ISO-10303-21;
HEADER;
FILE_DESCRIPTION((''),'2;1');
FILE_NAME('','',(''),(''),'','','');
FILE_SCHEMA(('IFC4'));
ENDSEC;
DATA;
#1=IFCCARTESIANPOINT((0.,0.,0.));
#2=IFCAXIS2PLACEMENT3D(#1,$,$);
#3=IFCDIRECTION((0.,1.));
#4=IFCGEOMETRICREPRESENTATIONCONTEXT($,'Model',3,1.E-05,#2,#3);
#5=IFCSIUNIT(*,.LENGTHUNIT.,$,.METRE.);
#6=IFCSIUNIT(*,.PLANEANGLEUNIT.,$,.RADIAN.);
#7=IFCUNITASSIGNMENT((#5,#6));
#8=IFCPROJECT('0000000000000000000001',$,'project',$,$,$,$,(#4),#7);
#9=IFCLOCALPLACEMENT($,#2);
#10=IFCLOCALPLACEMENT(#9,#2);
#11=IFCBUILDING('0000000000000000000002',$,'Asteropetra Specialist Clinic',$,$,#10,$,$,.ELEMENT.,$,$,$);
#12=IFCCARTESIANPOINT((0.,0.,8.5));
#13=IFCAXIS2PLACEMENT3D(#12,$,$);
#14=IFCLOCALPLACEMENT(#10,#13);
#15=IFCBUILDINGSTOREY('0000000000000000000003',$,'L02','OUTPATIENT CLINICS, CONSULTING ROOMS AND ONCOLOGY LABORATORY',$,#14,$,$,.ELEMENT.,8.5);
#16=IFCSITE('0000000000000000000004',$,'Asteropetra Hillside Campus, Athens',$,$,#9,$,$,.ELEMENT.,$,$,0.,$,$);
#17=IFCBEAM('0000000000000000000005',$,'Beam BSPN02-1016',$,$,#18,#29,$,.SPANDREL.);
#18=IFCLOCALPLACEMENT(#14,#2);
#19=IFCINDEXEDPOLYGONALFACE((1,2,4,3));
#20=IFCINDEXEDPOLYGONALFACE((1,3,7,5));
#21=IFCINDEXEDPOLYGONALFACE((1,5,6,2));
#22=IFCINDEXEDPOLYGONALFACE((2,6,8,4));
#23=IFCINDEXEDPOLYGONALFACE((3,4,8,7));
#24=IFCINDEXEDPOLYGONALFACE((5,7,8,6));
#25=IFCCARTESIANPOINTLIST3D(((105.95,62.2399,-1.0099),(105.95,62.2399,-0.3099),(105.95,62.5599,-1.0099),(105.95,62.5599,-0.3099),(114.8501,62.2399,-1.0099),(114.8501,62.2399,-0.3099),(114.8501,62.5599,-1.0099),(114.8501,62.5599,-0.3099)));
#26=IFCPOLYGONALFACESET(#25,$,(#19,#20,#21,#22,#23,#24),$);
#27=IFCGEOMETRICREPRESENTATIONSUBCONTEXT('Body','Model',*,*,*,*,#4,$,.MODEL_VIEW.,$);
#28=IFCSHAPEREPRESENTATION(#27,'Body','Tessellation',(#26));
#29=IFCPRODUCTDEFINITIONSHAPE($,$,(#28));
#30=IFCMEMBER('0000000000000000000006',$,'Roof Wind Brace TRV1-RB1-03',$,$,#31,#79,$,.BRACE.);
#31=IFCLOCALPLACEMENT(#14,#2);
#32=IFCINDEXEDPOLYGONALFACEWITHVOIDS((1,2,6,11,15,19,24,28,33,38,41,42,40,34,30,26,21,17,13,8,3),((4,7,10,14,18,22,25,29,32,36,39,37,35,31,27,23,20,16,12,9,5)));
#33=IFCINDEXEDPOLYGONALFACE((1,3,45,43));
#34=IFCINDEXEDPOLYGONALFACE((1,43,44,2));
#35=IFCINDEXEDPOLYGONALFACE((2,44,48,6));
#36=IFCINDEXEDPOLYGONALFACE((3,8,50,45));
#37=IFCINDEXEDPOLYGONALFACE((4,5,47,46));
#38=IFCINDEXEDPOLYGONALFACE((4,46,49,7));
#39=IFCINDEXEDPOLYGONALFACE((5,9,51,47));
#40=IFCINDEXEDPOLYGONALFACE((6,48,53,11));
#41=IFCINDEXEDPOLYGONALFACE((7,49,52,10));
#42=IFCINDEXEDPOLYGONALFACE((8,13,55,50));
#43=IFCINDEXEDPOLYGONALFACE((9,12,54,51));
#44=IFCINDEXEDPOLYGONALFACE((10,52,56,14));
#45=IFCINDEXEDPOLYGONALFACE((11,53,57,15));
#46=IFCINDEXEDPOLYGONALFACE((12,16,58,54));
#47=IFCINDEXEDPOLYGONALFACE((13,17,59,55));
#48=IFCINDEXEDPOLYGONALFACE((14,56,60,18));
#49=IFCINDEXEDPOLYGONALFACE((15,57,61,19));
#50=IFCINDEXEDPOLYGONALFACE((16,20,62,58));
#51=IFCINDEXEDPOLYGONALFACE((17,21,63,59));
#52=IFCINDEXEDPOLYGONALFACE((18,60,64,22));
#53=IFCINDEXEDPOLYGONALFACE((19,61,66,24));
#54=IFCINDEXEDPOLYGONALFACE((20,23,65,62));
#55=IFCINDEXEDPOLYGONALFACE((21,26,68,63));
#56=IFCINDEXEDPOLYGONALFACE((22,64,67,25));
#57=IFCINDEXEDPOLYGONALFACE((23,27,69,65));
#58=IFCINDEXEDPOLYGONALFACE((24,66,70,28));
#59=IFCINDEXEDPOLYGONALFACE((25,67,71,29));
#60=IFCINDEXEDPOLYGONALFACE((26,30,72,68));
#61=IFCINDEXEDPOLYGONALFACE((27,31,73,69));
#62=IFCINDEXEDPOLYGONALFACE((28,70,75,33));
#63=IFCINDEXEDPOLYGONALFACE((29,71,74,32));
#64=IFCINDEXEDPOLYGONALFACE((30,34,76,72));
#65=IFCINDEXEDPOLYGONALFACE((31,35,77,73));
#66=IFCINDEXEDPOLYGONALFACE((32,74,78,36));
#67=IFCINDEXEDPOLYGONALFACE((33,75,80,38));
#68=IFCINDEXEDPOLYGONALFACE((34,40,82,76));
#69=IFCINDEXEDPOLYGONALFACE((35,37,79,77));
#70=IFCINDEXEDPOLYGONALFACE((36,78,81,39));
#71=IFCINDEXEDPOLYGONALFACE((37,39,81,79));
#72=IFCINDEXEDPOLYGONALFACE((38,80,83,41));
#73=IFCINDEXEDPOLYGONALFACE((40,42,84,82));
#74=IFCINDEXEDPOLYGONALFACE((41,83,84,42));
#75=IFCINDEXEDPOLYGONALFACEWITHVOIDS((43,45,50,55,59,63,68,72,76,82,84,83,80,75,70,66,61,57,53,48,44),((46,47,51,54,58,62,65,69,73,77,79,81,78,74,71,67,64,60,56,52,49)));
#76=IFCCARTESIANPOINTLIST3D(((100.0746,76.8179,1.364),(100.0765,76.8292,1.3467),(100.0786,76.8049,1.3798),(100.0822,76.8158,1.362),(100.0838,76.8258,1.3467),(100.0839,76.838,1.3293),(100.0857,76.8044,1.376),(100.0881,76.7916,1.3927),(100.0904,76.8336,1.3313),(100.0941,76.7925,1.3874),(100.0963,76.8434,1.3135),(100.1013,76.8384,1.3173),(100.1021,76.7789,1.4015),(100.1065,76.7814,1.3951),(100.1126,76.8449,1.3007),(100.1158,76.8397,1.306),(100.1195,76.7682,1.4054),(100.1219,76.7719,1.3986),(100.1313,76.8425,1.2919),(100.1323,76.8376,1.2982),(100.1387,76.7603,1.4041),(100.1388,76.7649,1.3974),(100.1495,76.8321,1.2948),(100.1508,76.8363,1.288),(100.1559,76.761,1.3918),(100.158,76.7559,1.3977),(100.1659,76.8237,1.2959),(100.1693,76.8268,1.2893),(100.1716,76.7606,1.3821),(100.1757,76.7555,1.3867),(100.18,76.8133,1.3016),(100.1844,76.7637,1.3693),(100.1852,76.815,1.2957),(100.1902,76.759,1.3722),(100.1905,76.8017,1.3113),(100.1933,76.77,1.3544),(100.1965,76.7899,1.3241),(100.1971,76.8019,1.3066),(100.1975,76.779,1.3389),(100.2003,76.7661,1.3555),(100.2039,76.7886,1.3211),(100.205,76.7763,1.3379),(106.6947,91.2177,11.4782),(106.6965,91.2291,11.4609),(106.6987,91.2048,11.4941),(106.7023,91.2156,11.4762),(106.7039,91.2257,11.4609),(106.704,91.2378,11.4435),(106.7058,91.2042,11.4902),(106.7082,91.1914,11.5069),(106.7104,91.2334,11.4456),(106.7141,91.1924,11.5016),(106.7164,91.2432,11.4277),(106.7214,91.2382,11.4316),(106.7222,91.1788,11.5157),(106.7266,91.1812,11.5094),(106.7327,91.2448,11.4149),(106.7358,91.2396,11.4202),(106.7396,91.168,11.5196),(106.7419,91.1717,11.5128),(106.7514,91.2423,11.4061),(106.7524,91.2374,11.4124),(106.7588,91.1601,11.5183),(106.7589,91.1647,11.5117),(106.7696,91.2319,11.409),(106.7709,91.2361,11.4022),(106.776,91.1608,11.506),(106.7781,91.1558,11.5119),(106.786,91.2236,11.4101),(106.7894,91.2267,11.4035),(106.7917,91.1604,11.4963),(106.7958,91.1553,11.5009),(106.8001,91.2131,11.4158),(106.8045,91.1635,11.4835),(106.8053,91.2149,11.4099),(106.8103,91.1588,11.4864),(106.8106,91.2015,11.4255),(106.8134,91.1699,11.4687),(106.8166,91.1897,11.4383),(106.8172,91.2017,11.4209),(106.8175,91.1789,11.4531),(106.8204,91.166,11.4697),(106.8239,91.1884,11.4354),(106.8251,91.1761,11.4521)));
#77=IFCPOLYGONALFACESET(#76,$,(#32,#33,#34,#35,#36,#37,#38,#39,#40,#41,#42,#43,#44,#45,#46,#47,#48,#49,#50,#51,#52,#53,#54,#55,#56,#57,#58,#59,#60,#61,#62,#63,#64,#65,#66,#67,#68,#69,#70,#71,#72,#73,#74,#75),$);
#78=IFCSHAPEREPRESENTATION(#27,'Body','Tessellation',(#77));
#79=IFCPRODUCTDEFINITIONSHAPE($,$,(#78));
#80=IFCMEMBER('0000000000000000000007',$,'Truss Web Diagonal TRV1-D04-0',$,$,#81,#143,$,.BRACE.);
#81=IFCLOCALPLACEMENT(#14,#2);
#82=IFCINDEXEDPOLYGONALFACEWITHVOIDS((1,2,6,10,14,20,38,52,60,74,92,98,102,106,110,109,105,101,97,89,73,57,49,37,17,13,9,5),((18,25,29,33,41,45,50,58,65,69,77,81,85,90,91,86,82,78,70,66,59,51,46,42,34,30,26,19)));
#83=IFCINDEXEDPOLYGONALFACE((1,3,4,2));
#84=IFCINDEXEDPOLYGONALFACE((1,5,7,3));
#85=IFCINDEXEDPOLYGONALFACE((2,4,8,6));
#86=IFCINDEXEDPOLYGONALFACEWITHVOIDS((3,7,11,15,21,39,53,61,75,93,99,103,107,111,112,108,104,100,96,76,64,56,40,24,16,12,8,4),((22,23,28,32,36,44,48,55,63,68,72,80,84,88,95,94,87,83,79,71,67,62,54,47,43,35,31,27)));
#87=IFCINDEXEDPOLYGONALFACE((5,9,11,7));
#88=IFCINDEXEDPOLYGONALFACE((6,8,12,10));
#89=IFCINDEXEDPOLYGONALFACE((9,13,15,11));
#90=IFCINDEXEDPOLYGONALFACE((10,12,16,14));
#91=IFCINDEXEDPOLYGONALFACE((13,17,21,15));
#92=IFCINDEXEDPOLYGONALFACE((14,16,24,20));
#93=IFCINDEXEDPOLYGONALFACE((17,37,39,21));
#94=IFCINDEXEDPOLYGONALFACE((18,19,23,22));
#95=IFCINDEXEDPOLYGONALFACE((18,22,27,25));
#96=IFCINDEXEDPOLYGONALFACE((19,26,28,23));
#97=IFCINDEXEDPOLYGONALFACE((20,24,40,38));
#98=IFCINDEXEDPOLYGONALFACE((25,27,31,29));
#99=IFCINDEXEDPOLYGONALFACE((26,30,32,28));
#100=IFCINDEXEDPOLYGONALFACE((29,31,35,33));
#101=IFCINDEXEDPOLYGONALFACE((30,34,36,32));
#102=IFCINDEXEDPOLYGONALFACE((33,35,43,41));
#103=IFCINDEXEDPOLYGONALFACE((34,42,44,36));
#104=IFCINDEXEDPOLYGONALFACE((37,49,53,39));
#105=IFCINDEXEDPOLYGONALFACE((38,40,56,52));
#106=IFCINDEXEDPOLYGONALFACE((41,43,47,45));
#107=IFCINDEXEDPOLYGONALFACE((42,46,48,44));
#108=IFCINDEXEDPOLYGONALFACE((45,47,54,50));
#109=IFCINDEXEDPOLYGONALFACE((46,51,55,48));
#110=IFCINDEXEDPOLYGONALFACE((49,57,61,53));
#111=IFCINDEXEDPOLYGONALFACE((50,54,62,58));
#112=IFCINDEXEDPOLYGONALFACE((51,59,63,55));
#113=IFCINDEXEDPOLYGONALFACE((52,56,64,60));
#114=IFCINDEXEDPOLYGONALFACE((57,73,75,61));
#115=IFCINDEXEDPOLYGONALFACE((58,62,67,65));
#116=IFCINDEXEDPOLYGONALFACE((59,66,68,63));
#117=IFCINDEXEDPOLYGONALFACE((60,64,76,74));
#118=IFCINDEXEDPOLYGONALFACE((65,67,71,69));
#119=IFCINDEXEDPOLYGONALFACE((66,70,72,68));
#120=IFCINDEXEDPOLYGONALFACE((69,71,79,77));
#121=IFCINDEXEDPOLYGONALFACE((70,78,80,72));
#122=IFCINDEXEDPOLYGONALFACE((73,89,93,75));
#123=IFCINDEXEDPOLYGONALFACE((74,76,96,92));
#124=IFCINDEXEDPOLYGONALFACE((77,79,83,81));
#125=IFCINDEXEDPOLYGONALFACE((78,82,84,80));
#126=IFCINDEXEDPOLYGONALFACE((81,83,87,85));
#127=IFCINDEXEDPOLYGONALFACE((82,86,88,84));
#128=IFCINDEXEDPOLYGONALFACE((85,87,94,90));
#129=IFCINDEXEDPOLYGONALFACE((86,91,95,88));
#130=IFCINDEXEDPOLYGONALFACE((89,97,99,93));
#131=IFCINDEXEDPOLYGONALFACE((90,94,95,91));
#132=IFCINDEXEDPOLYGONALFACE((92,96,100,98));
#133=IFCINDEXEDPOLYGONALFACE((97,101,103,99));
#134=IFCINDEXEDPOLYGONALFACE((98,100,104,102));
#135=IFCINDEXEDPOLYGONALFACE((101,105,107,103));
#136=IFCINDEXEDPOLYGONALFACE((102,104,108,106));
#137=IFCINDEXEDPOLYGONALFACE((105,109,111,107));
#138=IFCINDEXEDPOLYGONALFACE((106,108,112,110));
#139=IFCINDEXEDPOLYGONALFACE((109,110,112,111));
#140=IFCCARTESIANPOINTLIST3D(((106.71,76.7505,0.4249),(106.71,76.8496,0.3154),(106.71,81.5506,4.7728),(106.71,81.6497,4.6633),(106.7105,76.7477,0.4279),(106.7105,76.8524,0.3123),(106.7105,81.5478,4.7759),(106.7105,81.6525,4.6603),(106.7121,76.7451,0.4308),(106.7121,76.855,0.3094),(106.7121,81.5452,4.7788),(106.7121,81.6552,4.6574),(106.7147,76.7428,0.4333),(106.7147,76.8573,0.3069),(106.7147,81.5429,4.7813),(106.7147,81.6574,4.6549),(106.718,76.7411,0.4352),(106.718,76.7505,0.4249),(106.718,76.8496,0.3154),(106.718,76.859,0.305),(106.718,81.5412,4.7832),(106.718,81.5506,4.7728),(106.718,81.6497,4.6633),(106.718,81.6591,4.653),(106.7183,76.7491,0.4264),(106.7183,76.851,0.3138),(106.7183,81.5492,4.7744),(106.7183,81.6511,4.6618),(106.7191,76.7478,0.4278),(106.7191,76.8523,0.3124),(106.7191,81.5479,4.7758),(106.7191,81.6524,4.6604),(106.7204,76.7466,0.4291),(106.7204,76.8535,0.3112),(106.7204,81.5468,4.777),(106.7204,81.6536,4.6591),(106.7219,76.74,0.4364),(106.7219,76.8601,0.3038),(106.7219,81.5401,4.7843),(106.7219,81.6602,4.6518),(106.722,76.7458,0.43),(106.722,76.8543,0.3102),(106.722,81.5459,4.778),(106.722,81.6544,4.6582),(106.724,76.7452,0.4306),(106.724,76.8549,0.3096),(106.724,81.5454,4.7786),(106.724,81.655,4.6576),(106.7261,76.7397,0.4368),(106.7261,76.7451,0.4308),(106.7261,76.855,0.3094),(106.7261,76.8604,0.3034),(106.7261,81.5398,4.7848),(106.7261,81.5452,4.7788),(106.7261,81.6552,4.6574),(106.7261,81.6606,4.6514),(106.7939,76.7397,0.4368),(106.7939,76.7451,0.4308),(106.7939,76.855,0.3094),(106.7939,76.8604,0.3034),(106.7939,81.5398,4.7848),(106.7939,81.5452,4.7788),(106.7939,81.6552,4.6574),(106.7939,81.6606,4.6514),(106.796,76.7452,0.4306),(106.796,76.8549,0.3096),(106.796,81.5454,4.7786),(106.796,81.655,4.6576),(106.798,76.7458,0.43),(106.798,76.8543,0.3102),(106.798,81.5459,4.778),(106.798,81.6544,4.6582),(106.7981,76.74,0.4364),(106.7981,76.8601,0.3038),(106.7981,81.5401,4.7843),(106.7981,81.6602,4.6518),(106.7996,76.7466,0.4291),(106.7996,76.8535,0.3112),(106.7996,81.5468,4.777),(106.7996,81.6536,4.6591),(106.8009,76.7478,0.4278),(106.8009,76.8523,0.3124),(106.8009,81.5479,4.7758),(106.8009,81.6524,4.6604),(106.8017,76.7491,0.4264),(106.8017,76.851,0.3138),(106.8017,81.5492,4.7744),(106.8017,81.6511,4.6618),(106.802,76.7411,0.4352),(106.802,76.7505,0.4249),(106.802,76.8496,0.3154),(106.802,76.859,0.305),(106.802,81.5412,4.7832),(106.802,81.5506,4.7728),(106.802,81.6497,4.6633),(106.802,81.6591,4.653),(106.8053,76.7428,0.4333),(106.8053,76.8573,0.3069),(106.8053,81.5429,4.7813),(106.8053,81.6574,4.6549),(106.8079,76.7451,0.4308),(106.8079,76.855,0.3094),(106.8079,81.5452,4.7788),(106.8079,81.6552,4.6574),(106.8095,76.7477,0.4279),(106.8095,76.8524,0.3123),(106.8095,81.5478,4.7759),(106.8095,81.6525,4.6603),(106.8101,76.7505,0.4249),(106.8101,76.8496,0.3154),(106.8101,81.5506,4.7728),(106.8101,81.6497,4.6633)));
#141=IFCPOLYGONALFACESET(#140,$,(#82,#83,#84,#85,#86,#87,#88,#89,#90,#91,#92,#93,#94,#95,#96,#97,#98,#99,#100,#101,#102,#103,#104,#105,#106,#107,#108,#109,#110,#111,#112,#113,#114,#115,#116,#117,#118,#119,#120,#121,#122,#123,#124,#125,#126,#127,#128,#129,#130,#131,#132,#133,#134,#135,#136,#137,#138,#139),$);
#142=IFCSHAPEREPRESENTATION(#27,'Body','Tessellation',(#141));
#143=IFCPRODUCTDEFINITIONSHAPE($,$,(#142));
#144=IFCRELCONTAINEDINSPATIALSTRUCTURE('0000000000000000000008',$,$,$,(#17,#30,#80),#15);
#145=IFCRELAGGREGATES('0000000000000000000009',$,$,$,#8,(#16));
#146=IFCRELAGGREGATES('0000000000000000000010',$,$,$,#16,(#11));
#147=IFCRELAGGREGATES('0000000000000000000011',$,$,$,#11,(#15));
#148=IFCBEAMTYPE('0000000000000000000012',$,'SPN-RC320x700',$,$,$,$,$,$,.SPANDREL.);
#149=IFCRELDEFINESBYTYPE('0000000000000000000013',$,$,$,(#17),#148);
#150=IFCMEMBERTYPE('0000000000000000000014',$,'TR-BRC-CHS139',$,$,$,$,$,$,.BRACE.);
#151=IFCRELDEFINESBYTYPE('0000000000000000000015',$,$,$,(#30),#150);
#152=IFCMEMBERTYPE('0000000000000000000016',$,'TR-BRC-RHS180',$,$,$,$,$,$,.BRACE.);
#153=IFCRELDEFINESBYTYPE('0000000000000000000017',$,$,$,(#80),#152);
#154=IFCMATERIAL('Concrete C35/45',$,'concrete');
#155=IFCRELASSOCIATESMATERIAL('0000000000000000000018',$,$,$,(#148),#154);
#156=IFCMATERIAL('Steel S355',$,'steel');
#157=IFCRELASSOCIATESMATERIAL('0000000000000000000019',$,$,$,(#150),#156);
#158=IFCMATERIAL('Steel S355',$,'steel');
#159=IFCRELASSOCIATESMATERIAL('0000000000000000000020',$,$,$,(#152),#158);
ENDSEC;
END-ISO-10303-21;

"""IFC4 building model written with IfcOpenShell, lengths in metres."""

from ifc_helpers import new_model, si_unit, direction, frame, origin, origin_2d, place, context, subcontext, project, spatial, rectangle, hollow_rectangle, hollow_circle, extrude, material, material_profile, profile_set, type_object, element, save


model = new_model("IFC4")

# Units and contexts
model_context = context("Model", 3, precision=1e-05, world=origin(), true_north=direction((0.0, 1.0)))
body_context = subcontext(model_context, "Body", "Model", "MODEL_VIEW")
ifc_project = project(units=[si_unit("LENGTHUNIT", "METRE"), si_unit("PLANEANGLEUNIT", "RADIAN")], contexts=[model_context])

# Site, building, storey
site_placement = place(None, origin())
site = spatial("IfcSite", under=ifc_project, at=site_placement, Name="Asteropetra Hillside Campus, Athens", CompositionType="ELEMENT", RefElevation=0.0)
building_placement = place(site_placement, origin())
building = spatial("IfcBuilding", under=site, at=building_placement, Name="Asteropetra Specialist Clinic", CompositionType="ELEMENT")
storey_placement = place(building_placement, frame((0.0, 0.0, 8.5)))
storey = spatial("IfcBuildingStorey", under=building, at=storey_placement, Name="L02", Description="OUTPATIENT CLINICS, CONSULTING ROOMS AND ONCOLOGY LABORATORY", CompositionType="ELEMENT", Elevation=8.5)

# Beam
ifc_material_1 = material(Name="Concrete C35/45", Category="concrete")
ifc_material_profile_1 = material_profile(ifc_material_1, rectangle(XDim=0.3201, YDim=0.7, at=origin_2d()), Name="RCS 320x700")
ifc_profile_set_1 = profile_set([ifc_material_profile_1], Name="Concrete C35/45")
beam_type = type_object("IfcBeamType", Name="SPN-RC320x700", PredefinedType="SPANDREL", material=ifc_profile_set_1)
beam_placement = place(storey_placement, frame((105.95, 62.3999, -0.6599), z_axis=(1.0, 0.0, 0.0), x_axis=(0.0, 1.0, 0.0)))
element("IfcBeam", 1, at=beam_placement, inside=storey, type_object=beam_type, Name="Beam BSPN02-1016", PredefinedType="SPANDREL", context=body_context, shape_type="SweptSolid", body=[
    extrude(rectangle(XDim=0.3201, YDim=0.7, at=origin_2d()), origin(), (0.0, 0.0, 1.0), 8.9001),
])

# Members
ifc_material_2 = material(Name="Steel S355", Category="steel")
ifc_material_profile_2 = material_profile(ifc_material_2, hollow_circle(Radius=0.0698, WallThickness=0.0081, at=origin_2d()), Name="CHS 139.7x8.0")
ifc_profile_set_2 = profile_set([ifc_material_profile_2], Name="Steel S355")
member_type_1 = type_object("IfcMemberType", Name="TR-BRC-CHS139", PredefinedType="BRACE", material=ifc_profile_set_2)
member_1_placement = place(storey_placement, frame((100.1399, 76.8, 1.3467), z_axis=(0.352113, 0.765907, 0.537961), x_axis=(-0.908582, 0.417706, 0.0)))
element("IfcMember", 2, at=member_1_placement, inside=storey, type_object=member_type_1, Name="Roof Wind Brace TRV1-RB1-03", PredefinedType="BRACE", context=body_context, shape_type="SweptSolid", body=[
    extrude(hollow_circle(Radius=0.0698, WallThickness=0.0081, at=origin_2d()), origin(), (0.0, 0.0, 1.0), 18.801),
])
ifc_material_3 = material(Name="Steel S355", Category="steel")
ifc_material_profile_3 = material_profile(ifc_material_3, hollow_rectangle(XDim=0.1001, YDim=0.1799, WallThickness=0.0081, InnerFilletRadius=0.0081, OuterFilletRadius=0.0161, at=origin_2d()), Name="RHS 180x100x8.0")
ifc_profile_set_3 = profile_set([ifc_material_profile_3], Name="Steel S355")
member_type_2 = type_object("IfcMemberType", Name="TR-BRC-RHS180", PredefinedType="BRACE", material=ifc_profile_set_3)
member_2_placement = place(storey_placement, frame((106.76, 76.8, 0.3701), z_axis=(0.0, 0.741152, 0.671338), x_axis=(-1.0, 0.0, 0.0)))
element("IfcMember", 3, at=member_2_placement, inside=storey, type_object=member_type_2, Name="Truss Web Diagonal TRV1-D04-0", PredefinedType="BRACE", context=body_context, shape_type="SweptSolid", body=[
    extrude(hollow_rectangle(XDim=0.1001, YDim=0.1799, WallThickness=0.0081, InnerFilletRadius=0.0081, OuterFilletRadius=0.0161, at=origin_2d()), origin(), (0.0, 0.0, 1.0), 6.4766),
])

save(model, "model.ifc")
